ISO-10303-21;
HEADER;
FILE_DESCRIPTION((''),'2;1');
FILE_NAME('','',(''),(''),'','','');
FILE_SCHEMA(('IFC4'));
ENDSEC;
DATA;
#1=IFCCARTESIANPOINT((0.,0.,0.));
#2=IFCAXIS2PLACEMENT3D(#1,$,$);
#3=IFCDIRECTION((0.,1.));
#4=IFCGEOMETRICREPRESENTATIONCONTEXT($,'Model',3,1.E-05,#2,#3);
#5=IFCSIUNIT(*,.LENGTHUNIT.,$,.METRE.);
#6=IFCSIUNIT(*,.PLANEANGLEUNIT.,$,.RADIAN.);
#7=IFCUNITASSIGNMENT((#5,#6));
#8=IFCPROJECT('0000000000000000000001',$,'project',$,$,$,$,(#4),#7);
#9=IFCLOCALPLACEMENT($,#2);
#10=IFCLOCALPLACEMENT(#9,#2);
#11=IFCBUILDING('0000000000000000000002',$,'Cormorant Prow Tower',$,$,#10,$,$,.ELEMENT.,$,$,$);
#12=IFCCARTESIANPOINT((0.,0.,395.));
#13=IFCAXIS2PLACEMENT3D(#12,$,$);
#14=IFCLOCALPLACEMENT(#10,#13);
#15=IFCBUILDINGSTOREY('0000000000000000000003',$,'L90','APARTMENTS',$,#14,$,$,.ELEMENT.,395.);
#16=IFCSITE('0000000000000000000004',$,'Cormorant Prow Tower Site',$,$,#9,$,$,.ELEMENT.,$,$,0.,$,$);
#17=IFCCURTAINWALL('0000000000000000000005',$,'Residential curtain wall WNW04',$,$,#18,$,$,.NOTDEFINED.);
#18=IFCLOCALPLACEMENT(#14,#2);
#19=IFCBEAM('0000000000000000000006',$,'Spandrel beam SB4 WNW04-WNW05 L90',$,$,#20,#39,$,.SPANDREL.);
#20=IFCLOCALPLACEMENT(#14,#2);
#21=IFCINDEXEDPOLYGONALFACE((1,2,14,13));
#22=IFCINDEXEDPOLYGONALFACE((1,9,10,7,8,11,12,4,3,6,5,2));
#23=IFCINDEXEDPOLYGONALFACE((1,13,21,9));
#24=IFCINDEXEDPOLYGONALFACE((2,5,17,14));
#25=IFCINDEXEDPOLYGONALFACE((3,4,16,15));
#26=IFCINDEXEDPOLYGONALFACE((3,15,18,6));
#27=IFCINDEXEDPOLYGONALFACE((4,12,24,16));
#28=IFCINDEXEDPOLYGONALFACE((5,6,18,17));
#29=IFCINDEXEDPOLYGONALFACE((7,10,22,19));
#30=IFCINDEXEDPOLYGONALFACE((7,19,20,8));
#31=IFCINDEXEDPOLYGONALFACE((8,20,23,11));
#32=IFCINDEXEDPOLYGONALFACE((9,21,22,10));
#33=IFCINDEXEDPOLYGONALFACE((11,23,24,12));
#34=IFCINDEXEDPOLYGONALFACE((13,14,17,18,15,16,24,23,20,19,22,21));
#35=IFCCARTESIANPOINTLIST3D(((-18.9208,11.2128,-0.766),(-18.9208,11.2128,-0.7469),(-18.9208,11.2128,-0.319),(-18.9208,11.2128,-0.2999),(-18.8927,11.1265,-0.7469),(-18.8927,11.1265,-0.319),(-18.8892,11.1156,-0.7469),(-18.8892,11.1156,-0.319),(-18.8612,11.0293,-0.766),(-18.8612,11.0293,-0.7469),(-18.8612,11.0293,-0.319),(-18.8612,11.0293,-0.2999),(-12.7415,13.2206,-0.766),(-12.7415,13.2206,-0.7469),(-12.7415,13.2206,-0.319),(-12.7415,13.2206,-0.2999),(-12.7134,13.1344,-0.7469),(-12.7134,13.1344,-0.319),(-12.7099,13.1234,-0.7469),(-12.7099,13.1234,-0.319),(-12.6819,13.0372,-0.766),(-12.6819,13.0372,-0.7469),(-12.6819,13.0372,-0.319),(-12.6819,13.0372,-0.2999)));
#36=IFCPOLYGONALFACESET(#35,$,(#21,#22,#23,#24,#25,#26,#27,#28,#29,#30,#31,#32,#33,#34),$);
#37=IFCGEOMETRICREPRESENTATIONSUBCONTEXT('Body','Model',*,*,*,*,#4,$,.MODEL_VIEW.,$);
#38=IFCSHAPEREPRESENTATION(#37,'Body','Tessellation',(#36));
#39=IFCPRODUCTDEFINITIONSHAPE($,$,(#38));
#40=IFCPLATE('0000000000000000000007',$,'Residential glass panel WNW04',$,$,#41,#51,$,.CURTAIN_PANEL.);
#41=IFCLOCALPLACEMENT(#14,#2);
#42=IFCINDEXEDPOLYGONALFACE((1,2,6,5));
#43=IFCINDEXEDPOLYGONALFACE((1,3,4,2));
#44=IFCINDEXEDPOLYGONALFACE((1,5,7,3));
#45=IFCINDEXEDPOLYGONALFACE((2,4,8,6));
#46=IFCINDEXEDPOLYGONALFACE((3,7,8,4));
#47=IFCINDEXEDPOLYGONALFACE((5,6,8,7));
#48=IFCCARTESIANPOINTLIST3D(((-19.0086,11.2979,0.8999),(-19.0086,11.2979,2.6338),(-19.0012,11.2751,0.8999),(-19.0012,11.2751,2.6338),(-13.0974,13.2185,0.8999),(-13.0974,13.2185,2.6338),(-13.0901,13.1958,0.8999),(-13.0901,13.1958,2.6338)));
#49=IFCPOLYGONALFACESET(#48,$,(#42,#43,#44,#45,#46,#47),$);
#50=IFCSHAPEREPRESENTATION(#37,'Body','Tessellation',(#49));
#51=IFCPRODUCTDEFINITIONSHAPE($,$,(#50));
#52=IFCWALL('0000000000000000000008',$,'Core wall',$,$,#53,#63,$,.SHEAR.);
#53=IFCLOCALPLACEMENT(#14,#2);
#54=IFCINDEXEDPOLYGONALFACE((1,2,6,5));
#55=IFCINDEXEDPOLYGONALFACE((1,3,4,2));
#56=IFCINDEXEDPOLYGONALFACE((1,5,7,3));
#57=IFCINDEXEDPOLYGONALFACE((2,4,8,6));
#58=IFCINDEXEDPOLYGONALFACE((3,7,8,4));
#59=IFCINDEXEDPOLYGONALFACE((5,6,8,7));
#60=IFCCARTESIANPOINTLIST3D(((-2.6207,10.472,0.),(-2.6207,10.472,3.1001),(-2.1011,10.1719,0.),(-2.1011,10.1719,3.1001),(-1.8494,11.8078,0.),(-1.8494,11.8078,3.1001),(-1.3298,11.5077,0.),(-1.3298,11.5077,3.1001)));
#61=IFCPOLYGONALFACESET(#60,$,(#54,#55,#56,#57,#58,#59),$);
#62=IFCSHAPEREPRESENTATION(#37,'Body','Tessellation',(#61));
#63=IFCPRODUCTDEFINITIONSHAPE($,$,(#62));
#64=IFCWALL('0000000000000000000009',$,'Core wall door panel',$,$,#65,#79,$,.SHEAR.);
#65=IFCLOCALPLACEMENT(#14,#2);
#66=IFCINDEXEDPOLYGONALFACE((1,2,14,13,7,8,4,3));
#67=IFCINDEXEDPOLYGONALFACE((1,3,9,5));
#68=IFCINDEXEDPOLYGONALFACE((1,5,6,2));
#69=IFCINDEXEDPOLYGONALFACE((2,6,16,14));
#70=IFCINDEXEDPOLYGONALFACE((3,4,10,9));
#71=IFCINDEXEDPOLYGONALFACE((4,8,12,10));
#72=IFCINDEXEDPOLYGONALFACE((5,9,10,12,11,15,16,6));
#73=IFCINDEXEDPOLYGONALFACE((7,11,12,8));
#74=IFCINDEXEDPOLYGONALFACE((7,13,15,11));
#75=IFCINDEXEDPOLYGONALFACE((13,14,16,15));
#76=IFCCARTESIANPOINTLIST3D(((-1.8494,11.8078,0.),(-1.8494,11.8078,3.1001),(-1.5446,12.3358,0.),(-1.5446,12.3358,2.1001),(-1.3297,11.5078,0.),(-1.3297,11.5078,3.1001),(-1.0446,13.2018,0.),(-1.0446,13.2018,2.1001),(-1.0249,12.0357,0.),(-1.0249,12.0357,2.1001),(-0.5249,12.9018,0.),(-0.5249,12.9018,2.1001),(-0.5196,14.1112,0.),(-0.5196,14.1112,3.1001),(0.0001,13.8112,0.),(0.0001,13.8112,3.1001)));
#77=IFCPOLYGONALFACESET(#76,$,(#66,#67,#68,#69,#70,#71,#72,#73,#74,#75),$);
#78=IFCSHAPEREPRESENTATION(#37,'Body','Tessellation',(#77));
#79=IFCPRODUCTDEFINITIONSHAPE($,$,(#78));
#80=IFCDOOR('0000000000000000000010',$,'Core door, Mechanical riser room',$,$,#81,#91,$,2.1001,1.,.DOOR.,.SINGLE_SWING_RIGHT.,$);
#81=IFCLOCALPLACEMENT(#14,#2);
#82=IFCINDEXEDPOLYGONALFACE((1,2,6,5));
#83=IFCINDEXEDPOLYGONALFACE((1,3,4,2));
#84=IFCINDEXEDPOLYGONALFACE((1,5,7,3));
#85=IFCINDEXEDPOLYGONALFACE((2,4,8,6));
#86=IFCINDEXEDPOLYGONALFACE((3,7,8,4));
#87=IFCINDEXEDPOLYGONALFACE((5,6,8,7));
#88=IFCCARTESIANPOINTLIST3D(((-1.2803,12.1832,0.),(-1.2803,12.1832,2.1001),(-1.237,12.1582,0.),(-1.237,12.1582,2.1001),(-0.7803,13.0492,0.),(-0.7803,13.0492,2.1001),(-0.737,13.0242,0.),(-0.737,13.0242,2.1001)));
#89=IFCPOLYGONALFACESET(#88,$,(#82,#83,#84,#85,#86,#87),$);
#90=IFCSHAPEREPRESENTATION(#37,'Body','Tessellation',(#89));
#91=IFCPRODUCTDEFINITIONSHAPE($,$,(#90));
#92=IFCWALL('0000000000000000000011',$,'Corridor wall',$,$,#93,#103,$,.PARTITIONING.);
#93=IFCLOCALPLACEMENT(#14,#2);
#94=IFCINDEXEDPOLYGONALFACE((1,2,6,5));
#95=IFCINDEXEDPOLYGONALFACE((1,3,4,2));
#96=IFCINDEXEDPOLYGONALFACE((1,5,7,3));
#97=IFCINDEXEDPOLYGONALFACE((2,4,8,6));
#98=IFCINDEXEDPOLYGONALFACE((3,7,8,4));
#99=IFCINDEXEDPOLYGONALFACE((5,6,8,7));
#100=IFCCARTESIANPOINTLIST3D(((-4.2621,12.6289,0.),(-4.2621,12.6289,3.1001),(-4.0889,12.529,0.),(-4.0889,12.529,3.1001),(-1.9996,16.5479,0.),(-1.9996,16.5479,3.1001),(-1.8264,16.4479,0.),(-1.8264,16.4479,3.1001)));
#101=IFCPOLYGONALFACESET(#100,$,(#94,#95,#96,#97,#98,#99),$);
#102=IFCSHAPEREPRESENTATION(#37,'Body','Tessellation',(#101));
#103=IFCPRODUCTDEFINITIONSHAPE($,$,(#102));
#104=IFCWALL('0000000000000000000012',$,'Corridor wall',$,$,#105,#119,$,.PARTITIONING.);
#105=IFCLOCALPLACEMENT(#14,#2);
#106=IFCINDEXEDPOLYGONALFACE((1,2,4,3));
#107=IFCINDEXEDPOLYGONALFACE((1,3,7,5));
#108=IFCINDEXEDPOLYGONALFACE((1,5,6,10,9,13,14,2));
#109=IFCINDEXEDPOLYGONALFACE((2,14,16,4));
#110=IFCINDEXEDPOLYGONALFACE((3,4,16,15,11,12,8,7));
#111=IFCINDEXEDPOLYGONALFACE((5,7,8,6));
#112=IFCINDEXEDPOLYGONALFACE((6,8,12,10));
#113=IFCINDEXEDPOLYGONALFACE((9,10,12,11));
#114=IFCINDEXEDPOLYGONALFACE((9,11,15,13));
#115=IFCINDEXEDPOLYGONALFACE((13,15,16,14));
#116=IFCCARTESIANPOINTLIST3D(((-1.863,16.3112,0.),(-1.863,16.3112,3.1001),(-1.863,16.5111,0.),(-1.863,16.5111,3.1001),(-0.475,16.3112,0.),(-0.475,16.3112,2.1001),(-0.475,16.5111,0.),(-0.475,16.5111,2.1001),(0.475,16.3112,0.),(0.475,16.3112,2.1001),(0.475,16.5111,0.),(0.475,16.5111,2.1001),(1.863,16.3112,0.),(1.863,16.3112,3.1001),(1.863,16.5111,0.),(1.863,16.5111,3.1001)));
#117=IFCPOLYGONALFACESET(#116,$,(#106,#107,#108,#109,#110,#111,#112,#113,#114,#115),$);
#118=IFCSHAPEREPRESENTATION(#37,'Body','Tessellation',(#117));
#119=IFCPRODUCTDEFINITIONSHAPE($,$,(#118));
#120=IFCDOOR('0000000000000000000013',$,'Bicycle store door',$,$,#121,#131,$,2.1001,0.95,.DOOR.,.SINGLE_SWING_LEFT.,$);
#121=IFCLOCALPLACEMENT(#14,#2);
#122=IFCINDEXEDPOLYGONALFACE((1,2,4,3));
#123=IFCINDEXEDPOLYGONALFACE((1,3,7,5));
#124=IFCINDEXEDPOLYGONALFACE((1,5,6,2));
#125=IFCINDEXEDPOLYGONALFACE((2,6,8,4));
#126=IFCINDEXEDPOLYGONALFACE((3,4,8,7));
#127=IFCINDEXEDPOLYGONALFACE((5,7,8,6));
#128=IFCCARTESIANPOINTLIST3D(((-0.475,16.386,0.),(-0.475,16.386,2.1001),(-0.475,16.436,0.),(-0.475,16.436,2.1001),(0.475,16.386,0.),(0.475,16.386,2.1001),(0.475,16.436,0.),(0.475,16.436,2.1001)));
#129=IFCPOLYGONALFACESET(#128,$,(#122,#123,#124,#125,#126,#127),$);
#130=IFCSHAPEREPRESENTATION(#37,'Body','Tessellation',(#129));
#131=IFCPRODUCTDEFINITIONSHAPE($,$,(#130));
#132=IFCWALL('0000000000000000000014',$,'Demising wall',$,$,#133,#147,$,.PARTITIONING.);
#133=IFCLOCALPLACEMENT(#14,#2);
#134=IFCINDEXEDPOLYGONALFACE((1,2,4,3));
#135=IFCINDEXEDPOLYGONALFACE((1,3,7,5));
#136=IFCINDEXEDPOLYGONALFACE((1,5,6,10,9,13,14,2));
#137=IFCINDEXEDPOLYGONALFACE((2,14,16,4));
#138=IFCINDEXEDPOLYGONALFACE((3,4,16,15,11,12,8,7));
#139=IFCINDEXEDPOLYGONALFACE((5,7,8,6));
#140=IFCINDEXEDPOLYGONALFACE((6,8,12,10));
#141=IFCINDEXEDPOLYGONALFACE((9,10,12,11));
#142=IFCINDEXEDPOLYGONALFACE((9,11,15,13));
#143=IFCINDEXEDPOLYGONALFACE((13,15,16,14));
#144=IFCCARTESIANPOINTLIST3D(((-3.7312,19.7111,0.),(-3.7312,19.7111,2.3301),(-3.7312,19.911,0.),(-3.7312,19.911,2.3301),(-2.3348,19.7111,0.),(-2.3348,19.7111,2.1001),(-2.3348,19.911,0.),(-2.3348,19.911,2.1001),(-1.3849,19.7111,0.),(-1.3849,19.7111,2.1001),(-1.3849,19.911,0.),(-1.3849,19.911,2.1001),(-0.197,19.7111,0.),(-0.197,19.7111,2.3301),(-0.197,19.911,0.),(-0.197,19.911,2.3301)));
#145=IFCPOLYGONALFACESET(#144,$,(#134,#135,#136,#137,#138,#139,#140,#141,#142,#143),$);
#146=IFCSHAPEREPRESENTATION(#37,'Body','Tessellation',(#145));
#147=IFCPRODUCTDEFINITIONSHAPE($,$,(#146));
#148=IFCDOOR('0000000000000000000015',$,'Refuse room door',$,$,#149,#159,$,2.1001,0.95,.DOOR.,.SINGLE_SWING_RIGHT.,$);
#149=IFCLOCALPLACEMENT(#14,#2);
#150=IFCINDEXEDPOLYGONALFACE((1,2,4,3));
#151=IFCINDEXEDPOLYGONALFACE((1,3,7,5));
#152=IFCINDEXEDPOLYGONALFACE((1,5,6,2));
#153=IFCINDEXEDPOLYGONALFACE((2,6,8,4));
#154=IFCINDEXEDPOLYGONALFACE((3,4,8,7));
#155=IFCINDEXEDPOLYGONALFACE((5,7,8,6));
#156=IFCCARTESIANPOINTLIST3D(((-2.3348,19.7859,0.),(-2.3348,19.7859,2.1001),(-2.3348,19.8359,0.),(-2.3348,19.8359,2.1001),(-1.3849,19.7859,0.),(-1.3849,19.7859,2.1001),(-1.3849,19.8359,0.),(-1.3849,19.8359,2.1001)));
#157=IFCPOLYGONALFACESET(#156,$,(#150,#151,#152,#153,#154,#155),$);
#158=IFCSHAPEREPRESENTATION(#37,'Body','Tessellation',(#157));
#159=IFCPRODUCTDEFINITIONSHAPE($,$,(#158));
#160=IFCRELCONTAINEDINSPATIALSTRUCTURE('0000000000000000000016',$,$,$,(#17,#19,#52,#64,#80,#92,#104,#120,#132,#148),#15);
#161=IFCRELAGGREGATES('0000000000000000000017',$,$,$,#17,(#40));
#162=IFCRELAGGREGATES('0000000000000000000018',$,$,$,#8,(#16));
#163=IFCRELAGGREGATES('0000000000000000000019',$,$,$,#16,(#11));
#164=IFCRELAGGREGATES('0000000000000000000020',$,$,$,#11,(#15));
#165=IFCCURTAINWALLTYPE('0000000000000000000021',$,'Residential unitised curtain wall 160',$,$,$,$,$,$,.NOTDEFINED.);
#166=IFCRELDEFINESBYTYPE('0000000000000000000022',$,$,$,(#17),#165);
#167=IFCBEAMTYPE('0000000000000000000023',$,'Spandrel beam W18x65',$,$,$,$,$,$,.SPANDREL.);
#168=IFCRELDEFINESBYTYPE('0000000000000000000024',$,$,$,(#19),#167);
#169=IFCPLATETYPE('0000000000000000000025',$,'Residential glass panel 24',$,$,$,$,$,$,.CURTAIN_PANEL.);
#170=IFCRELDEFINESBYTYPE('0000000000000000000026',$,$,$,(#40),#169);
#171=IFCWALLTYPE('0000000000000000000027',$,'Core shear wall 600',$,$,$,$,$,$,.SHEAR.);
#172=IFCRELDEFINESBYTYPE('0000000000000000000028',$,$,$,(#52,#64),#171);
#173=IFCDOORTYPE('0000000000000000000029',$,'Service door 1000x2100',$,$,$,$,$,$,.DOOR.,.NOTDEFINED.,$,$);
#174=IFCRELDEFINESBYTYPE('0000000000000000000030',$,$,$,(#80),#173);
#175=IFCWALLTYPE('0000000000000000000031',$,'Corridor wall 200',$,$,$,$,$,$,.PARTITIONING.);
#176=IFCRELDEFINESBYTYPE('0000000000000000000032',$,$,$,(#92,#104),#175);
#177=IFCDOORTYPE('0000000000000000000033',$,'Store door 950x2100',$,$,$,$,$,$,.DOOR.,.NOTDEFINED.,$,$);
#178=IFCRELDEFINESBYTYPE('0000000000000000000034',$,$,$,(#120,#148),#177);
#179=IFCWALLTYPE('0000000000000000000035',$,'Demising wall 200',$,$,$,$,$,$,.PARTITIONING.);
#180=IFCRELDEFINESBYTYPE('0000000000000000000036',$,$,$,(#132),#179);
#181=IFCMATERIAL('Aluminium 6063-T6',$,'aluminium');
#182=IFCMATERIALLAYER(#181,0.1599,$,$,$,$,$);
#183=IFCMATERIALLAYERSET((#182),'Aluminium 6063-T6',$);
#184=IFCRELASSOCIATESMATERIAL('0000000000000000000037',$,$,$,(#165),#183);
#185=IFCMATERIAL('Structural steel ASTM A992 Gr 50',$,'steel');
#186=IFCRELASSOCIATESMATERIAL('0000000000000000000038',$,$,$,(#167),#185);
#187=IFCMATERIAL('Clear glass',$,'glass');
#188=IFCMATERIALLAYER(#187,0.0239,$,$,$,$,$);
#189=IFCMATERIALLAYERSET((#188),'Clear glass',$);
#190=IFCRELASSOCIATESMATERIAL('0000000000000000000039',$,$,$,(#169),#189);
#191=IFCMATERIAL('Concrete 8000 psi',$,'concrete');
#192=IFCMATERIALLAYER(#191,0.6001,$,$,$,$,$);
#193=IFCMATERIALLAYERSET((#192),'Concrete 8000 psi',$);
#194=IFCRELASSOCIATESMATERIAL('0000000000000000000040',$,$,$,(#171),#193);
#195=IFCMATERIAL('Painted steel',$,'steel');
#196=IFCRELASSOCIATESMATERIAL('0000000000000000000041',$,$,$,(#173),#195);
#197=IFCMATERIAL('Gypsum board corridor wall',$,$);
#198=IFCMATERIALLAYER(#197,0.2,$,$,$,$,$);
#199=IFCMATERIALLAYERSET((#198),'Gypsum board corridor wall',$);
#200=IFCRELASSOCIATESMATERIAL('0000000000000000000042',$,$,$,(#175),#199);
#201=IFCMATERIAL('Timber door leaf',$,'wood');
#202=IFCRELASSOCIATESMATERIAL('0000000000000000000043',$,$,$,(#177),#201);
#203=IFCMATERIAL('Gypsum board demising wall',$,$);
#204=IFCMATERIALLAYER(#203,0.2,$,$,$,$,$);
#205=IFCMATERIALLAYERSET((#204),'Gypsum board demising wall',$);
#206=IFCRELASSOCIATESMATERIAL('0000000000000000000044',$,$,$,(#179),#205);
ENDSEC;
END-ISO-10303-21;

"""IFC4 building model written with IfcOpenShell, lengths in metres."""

from ifc_helpers import new_model, si_unit, direction, frame, frame_2d, origin, origin_2d, place, context, subcontext, project, spatial, rectangle, i_section, extrude, material, layer, layer_set, material_profile, profile_set, type_object, element, fill, aggregate, save


model = new_model("IFC4")

# Units and contexts
model_context = context("Model", 3, precision=1e-05, world=origin(), true_north=direction((0.0, 1.0)))
body_context = subcontext(model_context, "Body", "Model", "MODEL_VIEW")
ifc_project = project(units=[si_unit("LENGTHUNIT", "METRE"), si_unit("PLANEANGLEUNIT", "RADIAN")], contexts=[model_context])

# Site, building, storey
site_placement = place(None, origin())
site = spatial("IfcSite", under=ifc_project, at=site_placement, Name="Cormorant Prow Tower Site", CompositionType="ELEMENT", RefElevation=0.0)
building_placement = place(site_placement, origin())
building = spatial("IfcBuilding", under=site, at=building_placement, Name="Cormorant Prow Tower", CompositionType="ELEMENT")
storey_placement = place(building_placement, frame((0.0, 0.0, 395.0)))
storey = spatial("IfcBuildingStorey", under=building, at=storey_placement, Name="L90", Description="APARTMENTS", CompositionType="ELEMENT", Elevation=395.0)

# Curtain wall
ifc_material_1 = material(Name="Aluminium 6063-T6", Category="aluminium")
ifc_layer_1 = layer(ifc_material_1, 0.1599)
ifc_layer_set_1 = layer_set([ifc_layer_1], Name="Aluminium 6063-T6")
curtain_wall_type = type_object("IfcCurtainWallType", Name="Residential unitised curtain wall 160", PredefinedType="NOTDEFINED", material=ifc_layer_set_1)
curtain_wall_placement = place(storey_placement, origin())
curtain_wall = element("IfcCurtainWall", 1, at=curtain_wall_placement, inside=storey, type_object=curtain_wall_type, Name="Residential curtain wall WNW04", PredefinedType="NOTDEFINED")

# Beam
ifc_material_2 = material(Name="Structural steel ASTM A992 Gr 50", Category="steel")
ifc_material_profile_1 = material_profile(ifc_material_2, i_section(OverallWidth=0.1929, OverallDepth=0.4661, WebThickness=0.0115, FlangeThickness=0.019, at=origin_2d()), Name="W18x65")
ifc_profile_set_1 = profile_set([ifc_material_profile_1], Name="Structural steel ASTM A992 Gr 50")
beam_type_1 = type_object("IfcBeamType", Name="Spandrel beam W18x65", PredefinedType="SPANDREL", material=ifc_profile_set_1)
beam_1_placement = place(storey_placement, frame((-12.7117, 13.1289, -0.533), z_axis=(-0.951053, -0.309027, 0.0), x_axis=(0.309027, -0.951053, 0.0)))
element("IfcBeam", 2, at=beam_1_placement, inside=storey, type_object=beam_type_1, Name="Spandrel beam SB4 WNW04-WNW05 L90", PredefinedType="SPANDREL", context=body_context, shape_type="SweptSolid", body=[
    extrude(i_section(OverallWidth=0.1929, OverallDepth=0.4661, WebThickness=0.0115, FlangeThickness=0.019, at=origin_2d()), origin(), (0.0, 0.0, 1.0), 6.4973),
])

# Plate
ifc_material_3 = material(Name="Clear glass", Category="glass")
ifc_layer_2 = layer(ifc_material_3, 0.0239)
ifc_layer_set_2 = layer_set([ifc_layer_2], Name="Clear glass")
plate_type = type_object("IfcPlateType", Name="Residential glass panel 24", PredefinedType="CURTAIN_PANEL", material=ifc_layer_set_2)
plate_placement = place(storey_placement, frame((-16.0493, 12.2468, 0.8999), z_axis=(0.0, 0.0, 1.0), x_axis=(-0.951056, -0.309017, 0.0)))
plate = element("IfcPlate", 3, at=plate_placement, type_object=plate_type, Name="Residential glass panel WNW04", PredefinedType="CURTAIN_PANEL", context=body_context, shape_type="SweptSolid", body=[
    extrude(rectangle(XDim=6.2153, YDim=0.0239, at=origin_2d()), origin(), (0.0, 0.0, 1.0), 1.7339),
])
aggregate(curtain_wall, [plate])

# Wall
ifc_material_4 = material(Name="Concrete 8000 psi", Category="concrete")
ifc_layer_3 = layer(ifc_material_4, 0.6001)
ifc_layer_set_3 = layer_set([ifc_layer_3], Name="Concrete 8000 psi")
wall_type_1 = type_object("IfcWallType", Name="Core shear wall 600", PredefinedType="SHEAR", material=ifc_layer_set_3)
wall_1_placement = place(storey_placement, frame((-1.5896, 11.6577, 0.0), z_axis=(0.0, 0.0, 1.0), x_axis=(-0.500038, -0.866004, 0.0)))
element("IfcWall", 4, at=wall_1_placement, inside=storey, type_object=wall_type_1, Name="Core wall", PredefinedType="SHEAR", context=body_context, shape_type="SweptSolid", body=[
    extrude(rectangle(XDim=1.5425, YDim=0.6001, at=frame_2d((0.7712, 0.0))), origin(), (0.0, 0.0, 1.0), 3.1001),
])

# Wall, opening, door
wall_2_placement = place(storey_placement, frame((-0.2598, 13.9612, 0.0), z_axis=(0.0, 0.0, 1.0), x_axis=(-0.499979, -0.866037, 0.0)))
wall_2 = element("IfcWall", 5, at=wall_2_placement, inside=storey, type_object=wall_type_1, Name="Core wall door panel", PredefinedType="SHEAR", context=body_context, shape_type="SweptSolid", body=[
    extrude(rectangle(XDim=2.6597, YDim=0.6001, at=frame_2d((1.3298, 0.0))), origin(), (0.0, 0.0, 1.0), 3.1001),
])
opening_1_placement = place(wall_2_placement, frame((1.05, 0.0, 0.0)))
opening_1 = element("IfcOpeningElement", 6, at=opening_1_placement, cuts=wall_2, PredefinedType="OPENING", context=body_context, shape_type="SweptSolid", body=[
    extrude(rectangle(XDim=1.0, YDim=2.1001, at=frame_2d((0.5, 1.05))), frame((0.0, 0.3101, 0.0), z_axis=(0.0, -1.0, 0.0), x_axis=(1.0, 0.0, 0.0)), (0.0, 0.0, 1.0), 0.6201),
])
ifc_material_5 = material(Name="Painted steel", Category="steel")
door_type_1 = type_object("IfcDoorType", Name="Service door 1000x2100", OperationType="NOTDEFINED", PredefinedType="DOOR", material=ifc_material_5)
door_1_placement = place(opening_1_placement, origin())
door_1 = element("IfcDoor", 7, at=door_1_placement, inside=storey, type_object=door_type_1, Name="Core door, Mechanical riser room", OperationType="SINGLE_SWING_RIGHT", OverallHeight=2.1001, OverallWidth=1.0, PredefinedType="DOOR", context=body_context, shape_type="SweptSolid", body=[
    extrude(rectangle(XDim=1.0, YDim=2.1001, at=frame_2d((0.5, 1.05))), frame((0.0, 0.0552, 0.0), z_axis=(0.0, -1.0, 0.0), x_axis=(1.0, 0.0, 0.0)), (0.0, 0.0, 1.0), 0.05),
])
fill(opening_1, door_1)

# Wall
ifc_material_6 = material(Name="Gypsum board corridor wall")
ifc_layer_4 = layer(ifc_material_6, 0.2)
ifc_layer_set_4 = layer_set([ifc_layer_4], Name="Gypsum board corridor wall")
wall_type_2 = type_object("IfcWallType", Name="Corridor wall 200", PredefinedType="PARTITIONING", material=ifc_layer_set_4)
wall_3_placement = place(storey_placement, frame((-4.1755, 12.5789, 0.0), z_axis=(0.0, 0.0, 1.0), x_axis=(0.499975, 0.86604, 0.0)))
element("IfcWall", 8, at=wall_3_placement, inside=storey, type_object=wall_type_2, Name="Corridor wall", PredefinedType="PARTITIONING", context=body_context, shape_type="SweptSolid", body=[
    extrude(rectangle(XDim=4.5251, YDim=0.2, at=frame_2d((2.2627, 0.0))), origin(), (0.0, 0.0, 1.0), 3.1001),
])

# Walls, openings, doors
wall_4_placement = place(storey_placement, frame((-1.863, 16.4111, 0.0), z_axis=(0.0, 0.0, 1.0), x_axis=(1.0, 0.0, 0.0)))
wall_4 = element("IfcWall", 9, at=wall_4_placement, inside=storey, type_object=wall_type_2, Name="Corridor wall", PredefinedType="PARTITIONING", context=body_context, shape_type="SweptSolid", body=[
    extrude(rectangle(XDim=3.7261, YDim=0.2, at=frame_2d((1.863, 0.0))), origin(), (0.0, 0.0, 1.0), 3.1001),
])
opening_2_placement = place(wall_4_placement, frame((1.3879, 0.0, 0.0)))
opening_2 = element("IfcOpeningElement", 10, at=opening_2_placement, cuts=wall_4, PredefinedType="OPENING", context=body_context, shape_type="SweptSolid", body=[
    extrude(rectangle(XDim=0.95, YDim=2.1001, at=frame_2d((0.4751, 1.05))), frame((0.0, 0.1099, 0.0), z_axis=(0.0, -1.0, 0.0), x_axis=(1.0, 0.0, 0.0)), (0.0, 0.0, 1.0), 0.22),
])
ifc_material_7 = material(Name="Timber door leaf", Category="wood")
door_type_2 = type_object("IfcDoorType", Name="Store door 950x2100", OperationType="NOTDEFINED", PredefinedType="DOOR", material=ifc_material_7)
door_2_placement = place(opening_2_placement, origin())
door_2 = element("IfcDoor", 11, at=door_2_placement, inside=storey, type_object=door_type_2, Name="Bicycle store door", OperationType="SINGLE_SWING_LEFT", OverallHeight=2.1001, OverallWidth=0.95, PredefinedType="DOOR", context=body_context, shape_type="SweptSolid", body=[
    extrude(rectangle(XDim=0.95, YDim=2.1001, at=frame_2d((0.4751, 1.05))), frame((0.0, 0.0249, 0.0), z_axis=(0.0, -1.0, 0.0), x_axis=(1.0, 0.0, 0.0)), (0.0, 0.0, 1.0), 0.05),
])
fill(opening_2, door_2)
ifc_material_8 = material(Name="Gypsum board demising wall")
ifc_layer_5 = layer(ifc_material_8, 0.2)
ifc_layer_set_5 = layer_set([ifc_layer_5], Name="Gypsum board demising wall")
wall_type_3 = type_object("IfcWallType", Name="Demising wall 200", PredefinedType="PARTITIONING", material=ifc_layer_set_5)
wall_5_placement = place(storey_placement, frame((-3.7312, 19.811, 0.0), z_axis=(0.0, 0.0, 1.0), x_axis=(1.0, 0.0, 0.0)))
wall_5 = element("IfcWall", 12, at=wall_5_placement, inside=storey, type_object=wall_type_3, Name="Demising wall", PredefinedType="PARTITIONING", context=body_context, shape_type="SweptSolid", body=[
    extrude(rectangle(XDim=3.5342, YDim=0.2, at=frame_2d((1.7671, 0.0))), origin(), (0.0, 0.0, 1.0), 2.3301),
])
opening_3_placement = place(wall_5_placement, frame((1.3962, 0.0, 0.0)))
opening_3 = element("IfcOpeningElement", 13, at=opening_3_placement, cuts=wall_5, PredefinedType="OPENING", context=body_context, shape_type="SweptSolid", body=[
    extrude(rectangle(XDim=0.95, YDim=2.1001, at=frame_2d((0.4751, 1.05))), frame((0.0, 0.1099, 0.0), z_axis=(0.0, -1.0, 0.0), x_axis=(1.0, 0.0, 0.0)), (0.0, 0.0, 1.0), 0.22),
])
door_3_placement = place(opening_3_placement, origin())
door_3 = element("IfcDoor", 14, at=door_3_placement, inside=storey, type_object=door_type_2, Name="Refuse room door", OperationType="SINGLE_SWING_RIGHT", OverallHeight=2.1001, OverallWidth=0.95, PredefinedType="DOOR", context=body_context, shape_type="SweptSolid", body=[
    extrude(rectangle(XDim=0.95, YDim=2.1001, at=frame_2d((0.4751, 1.05))), frame((0.0, 0.0249, 0.0), z_axis=(0.0, -1.0, 0.0), x_axis=(1.0, 0.0, 0.0)), (0.0, 0.0, 1.0), 0.05),
])
fill(opening_3, door_3)

save(model, "model.ifc")
